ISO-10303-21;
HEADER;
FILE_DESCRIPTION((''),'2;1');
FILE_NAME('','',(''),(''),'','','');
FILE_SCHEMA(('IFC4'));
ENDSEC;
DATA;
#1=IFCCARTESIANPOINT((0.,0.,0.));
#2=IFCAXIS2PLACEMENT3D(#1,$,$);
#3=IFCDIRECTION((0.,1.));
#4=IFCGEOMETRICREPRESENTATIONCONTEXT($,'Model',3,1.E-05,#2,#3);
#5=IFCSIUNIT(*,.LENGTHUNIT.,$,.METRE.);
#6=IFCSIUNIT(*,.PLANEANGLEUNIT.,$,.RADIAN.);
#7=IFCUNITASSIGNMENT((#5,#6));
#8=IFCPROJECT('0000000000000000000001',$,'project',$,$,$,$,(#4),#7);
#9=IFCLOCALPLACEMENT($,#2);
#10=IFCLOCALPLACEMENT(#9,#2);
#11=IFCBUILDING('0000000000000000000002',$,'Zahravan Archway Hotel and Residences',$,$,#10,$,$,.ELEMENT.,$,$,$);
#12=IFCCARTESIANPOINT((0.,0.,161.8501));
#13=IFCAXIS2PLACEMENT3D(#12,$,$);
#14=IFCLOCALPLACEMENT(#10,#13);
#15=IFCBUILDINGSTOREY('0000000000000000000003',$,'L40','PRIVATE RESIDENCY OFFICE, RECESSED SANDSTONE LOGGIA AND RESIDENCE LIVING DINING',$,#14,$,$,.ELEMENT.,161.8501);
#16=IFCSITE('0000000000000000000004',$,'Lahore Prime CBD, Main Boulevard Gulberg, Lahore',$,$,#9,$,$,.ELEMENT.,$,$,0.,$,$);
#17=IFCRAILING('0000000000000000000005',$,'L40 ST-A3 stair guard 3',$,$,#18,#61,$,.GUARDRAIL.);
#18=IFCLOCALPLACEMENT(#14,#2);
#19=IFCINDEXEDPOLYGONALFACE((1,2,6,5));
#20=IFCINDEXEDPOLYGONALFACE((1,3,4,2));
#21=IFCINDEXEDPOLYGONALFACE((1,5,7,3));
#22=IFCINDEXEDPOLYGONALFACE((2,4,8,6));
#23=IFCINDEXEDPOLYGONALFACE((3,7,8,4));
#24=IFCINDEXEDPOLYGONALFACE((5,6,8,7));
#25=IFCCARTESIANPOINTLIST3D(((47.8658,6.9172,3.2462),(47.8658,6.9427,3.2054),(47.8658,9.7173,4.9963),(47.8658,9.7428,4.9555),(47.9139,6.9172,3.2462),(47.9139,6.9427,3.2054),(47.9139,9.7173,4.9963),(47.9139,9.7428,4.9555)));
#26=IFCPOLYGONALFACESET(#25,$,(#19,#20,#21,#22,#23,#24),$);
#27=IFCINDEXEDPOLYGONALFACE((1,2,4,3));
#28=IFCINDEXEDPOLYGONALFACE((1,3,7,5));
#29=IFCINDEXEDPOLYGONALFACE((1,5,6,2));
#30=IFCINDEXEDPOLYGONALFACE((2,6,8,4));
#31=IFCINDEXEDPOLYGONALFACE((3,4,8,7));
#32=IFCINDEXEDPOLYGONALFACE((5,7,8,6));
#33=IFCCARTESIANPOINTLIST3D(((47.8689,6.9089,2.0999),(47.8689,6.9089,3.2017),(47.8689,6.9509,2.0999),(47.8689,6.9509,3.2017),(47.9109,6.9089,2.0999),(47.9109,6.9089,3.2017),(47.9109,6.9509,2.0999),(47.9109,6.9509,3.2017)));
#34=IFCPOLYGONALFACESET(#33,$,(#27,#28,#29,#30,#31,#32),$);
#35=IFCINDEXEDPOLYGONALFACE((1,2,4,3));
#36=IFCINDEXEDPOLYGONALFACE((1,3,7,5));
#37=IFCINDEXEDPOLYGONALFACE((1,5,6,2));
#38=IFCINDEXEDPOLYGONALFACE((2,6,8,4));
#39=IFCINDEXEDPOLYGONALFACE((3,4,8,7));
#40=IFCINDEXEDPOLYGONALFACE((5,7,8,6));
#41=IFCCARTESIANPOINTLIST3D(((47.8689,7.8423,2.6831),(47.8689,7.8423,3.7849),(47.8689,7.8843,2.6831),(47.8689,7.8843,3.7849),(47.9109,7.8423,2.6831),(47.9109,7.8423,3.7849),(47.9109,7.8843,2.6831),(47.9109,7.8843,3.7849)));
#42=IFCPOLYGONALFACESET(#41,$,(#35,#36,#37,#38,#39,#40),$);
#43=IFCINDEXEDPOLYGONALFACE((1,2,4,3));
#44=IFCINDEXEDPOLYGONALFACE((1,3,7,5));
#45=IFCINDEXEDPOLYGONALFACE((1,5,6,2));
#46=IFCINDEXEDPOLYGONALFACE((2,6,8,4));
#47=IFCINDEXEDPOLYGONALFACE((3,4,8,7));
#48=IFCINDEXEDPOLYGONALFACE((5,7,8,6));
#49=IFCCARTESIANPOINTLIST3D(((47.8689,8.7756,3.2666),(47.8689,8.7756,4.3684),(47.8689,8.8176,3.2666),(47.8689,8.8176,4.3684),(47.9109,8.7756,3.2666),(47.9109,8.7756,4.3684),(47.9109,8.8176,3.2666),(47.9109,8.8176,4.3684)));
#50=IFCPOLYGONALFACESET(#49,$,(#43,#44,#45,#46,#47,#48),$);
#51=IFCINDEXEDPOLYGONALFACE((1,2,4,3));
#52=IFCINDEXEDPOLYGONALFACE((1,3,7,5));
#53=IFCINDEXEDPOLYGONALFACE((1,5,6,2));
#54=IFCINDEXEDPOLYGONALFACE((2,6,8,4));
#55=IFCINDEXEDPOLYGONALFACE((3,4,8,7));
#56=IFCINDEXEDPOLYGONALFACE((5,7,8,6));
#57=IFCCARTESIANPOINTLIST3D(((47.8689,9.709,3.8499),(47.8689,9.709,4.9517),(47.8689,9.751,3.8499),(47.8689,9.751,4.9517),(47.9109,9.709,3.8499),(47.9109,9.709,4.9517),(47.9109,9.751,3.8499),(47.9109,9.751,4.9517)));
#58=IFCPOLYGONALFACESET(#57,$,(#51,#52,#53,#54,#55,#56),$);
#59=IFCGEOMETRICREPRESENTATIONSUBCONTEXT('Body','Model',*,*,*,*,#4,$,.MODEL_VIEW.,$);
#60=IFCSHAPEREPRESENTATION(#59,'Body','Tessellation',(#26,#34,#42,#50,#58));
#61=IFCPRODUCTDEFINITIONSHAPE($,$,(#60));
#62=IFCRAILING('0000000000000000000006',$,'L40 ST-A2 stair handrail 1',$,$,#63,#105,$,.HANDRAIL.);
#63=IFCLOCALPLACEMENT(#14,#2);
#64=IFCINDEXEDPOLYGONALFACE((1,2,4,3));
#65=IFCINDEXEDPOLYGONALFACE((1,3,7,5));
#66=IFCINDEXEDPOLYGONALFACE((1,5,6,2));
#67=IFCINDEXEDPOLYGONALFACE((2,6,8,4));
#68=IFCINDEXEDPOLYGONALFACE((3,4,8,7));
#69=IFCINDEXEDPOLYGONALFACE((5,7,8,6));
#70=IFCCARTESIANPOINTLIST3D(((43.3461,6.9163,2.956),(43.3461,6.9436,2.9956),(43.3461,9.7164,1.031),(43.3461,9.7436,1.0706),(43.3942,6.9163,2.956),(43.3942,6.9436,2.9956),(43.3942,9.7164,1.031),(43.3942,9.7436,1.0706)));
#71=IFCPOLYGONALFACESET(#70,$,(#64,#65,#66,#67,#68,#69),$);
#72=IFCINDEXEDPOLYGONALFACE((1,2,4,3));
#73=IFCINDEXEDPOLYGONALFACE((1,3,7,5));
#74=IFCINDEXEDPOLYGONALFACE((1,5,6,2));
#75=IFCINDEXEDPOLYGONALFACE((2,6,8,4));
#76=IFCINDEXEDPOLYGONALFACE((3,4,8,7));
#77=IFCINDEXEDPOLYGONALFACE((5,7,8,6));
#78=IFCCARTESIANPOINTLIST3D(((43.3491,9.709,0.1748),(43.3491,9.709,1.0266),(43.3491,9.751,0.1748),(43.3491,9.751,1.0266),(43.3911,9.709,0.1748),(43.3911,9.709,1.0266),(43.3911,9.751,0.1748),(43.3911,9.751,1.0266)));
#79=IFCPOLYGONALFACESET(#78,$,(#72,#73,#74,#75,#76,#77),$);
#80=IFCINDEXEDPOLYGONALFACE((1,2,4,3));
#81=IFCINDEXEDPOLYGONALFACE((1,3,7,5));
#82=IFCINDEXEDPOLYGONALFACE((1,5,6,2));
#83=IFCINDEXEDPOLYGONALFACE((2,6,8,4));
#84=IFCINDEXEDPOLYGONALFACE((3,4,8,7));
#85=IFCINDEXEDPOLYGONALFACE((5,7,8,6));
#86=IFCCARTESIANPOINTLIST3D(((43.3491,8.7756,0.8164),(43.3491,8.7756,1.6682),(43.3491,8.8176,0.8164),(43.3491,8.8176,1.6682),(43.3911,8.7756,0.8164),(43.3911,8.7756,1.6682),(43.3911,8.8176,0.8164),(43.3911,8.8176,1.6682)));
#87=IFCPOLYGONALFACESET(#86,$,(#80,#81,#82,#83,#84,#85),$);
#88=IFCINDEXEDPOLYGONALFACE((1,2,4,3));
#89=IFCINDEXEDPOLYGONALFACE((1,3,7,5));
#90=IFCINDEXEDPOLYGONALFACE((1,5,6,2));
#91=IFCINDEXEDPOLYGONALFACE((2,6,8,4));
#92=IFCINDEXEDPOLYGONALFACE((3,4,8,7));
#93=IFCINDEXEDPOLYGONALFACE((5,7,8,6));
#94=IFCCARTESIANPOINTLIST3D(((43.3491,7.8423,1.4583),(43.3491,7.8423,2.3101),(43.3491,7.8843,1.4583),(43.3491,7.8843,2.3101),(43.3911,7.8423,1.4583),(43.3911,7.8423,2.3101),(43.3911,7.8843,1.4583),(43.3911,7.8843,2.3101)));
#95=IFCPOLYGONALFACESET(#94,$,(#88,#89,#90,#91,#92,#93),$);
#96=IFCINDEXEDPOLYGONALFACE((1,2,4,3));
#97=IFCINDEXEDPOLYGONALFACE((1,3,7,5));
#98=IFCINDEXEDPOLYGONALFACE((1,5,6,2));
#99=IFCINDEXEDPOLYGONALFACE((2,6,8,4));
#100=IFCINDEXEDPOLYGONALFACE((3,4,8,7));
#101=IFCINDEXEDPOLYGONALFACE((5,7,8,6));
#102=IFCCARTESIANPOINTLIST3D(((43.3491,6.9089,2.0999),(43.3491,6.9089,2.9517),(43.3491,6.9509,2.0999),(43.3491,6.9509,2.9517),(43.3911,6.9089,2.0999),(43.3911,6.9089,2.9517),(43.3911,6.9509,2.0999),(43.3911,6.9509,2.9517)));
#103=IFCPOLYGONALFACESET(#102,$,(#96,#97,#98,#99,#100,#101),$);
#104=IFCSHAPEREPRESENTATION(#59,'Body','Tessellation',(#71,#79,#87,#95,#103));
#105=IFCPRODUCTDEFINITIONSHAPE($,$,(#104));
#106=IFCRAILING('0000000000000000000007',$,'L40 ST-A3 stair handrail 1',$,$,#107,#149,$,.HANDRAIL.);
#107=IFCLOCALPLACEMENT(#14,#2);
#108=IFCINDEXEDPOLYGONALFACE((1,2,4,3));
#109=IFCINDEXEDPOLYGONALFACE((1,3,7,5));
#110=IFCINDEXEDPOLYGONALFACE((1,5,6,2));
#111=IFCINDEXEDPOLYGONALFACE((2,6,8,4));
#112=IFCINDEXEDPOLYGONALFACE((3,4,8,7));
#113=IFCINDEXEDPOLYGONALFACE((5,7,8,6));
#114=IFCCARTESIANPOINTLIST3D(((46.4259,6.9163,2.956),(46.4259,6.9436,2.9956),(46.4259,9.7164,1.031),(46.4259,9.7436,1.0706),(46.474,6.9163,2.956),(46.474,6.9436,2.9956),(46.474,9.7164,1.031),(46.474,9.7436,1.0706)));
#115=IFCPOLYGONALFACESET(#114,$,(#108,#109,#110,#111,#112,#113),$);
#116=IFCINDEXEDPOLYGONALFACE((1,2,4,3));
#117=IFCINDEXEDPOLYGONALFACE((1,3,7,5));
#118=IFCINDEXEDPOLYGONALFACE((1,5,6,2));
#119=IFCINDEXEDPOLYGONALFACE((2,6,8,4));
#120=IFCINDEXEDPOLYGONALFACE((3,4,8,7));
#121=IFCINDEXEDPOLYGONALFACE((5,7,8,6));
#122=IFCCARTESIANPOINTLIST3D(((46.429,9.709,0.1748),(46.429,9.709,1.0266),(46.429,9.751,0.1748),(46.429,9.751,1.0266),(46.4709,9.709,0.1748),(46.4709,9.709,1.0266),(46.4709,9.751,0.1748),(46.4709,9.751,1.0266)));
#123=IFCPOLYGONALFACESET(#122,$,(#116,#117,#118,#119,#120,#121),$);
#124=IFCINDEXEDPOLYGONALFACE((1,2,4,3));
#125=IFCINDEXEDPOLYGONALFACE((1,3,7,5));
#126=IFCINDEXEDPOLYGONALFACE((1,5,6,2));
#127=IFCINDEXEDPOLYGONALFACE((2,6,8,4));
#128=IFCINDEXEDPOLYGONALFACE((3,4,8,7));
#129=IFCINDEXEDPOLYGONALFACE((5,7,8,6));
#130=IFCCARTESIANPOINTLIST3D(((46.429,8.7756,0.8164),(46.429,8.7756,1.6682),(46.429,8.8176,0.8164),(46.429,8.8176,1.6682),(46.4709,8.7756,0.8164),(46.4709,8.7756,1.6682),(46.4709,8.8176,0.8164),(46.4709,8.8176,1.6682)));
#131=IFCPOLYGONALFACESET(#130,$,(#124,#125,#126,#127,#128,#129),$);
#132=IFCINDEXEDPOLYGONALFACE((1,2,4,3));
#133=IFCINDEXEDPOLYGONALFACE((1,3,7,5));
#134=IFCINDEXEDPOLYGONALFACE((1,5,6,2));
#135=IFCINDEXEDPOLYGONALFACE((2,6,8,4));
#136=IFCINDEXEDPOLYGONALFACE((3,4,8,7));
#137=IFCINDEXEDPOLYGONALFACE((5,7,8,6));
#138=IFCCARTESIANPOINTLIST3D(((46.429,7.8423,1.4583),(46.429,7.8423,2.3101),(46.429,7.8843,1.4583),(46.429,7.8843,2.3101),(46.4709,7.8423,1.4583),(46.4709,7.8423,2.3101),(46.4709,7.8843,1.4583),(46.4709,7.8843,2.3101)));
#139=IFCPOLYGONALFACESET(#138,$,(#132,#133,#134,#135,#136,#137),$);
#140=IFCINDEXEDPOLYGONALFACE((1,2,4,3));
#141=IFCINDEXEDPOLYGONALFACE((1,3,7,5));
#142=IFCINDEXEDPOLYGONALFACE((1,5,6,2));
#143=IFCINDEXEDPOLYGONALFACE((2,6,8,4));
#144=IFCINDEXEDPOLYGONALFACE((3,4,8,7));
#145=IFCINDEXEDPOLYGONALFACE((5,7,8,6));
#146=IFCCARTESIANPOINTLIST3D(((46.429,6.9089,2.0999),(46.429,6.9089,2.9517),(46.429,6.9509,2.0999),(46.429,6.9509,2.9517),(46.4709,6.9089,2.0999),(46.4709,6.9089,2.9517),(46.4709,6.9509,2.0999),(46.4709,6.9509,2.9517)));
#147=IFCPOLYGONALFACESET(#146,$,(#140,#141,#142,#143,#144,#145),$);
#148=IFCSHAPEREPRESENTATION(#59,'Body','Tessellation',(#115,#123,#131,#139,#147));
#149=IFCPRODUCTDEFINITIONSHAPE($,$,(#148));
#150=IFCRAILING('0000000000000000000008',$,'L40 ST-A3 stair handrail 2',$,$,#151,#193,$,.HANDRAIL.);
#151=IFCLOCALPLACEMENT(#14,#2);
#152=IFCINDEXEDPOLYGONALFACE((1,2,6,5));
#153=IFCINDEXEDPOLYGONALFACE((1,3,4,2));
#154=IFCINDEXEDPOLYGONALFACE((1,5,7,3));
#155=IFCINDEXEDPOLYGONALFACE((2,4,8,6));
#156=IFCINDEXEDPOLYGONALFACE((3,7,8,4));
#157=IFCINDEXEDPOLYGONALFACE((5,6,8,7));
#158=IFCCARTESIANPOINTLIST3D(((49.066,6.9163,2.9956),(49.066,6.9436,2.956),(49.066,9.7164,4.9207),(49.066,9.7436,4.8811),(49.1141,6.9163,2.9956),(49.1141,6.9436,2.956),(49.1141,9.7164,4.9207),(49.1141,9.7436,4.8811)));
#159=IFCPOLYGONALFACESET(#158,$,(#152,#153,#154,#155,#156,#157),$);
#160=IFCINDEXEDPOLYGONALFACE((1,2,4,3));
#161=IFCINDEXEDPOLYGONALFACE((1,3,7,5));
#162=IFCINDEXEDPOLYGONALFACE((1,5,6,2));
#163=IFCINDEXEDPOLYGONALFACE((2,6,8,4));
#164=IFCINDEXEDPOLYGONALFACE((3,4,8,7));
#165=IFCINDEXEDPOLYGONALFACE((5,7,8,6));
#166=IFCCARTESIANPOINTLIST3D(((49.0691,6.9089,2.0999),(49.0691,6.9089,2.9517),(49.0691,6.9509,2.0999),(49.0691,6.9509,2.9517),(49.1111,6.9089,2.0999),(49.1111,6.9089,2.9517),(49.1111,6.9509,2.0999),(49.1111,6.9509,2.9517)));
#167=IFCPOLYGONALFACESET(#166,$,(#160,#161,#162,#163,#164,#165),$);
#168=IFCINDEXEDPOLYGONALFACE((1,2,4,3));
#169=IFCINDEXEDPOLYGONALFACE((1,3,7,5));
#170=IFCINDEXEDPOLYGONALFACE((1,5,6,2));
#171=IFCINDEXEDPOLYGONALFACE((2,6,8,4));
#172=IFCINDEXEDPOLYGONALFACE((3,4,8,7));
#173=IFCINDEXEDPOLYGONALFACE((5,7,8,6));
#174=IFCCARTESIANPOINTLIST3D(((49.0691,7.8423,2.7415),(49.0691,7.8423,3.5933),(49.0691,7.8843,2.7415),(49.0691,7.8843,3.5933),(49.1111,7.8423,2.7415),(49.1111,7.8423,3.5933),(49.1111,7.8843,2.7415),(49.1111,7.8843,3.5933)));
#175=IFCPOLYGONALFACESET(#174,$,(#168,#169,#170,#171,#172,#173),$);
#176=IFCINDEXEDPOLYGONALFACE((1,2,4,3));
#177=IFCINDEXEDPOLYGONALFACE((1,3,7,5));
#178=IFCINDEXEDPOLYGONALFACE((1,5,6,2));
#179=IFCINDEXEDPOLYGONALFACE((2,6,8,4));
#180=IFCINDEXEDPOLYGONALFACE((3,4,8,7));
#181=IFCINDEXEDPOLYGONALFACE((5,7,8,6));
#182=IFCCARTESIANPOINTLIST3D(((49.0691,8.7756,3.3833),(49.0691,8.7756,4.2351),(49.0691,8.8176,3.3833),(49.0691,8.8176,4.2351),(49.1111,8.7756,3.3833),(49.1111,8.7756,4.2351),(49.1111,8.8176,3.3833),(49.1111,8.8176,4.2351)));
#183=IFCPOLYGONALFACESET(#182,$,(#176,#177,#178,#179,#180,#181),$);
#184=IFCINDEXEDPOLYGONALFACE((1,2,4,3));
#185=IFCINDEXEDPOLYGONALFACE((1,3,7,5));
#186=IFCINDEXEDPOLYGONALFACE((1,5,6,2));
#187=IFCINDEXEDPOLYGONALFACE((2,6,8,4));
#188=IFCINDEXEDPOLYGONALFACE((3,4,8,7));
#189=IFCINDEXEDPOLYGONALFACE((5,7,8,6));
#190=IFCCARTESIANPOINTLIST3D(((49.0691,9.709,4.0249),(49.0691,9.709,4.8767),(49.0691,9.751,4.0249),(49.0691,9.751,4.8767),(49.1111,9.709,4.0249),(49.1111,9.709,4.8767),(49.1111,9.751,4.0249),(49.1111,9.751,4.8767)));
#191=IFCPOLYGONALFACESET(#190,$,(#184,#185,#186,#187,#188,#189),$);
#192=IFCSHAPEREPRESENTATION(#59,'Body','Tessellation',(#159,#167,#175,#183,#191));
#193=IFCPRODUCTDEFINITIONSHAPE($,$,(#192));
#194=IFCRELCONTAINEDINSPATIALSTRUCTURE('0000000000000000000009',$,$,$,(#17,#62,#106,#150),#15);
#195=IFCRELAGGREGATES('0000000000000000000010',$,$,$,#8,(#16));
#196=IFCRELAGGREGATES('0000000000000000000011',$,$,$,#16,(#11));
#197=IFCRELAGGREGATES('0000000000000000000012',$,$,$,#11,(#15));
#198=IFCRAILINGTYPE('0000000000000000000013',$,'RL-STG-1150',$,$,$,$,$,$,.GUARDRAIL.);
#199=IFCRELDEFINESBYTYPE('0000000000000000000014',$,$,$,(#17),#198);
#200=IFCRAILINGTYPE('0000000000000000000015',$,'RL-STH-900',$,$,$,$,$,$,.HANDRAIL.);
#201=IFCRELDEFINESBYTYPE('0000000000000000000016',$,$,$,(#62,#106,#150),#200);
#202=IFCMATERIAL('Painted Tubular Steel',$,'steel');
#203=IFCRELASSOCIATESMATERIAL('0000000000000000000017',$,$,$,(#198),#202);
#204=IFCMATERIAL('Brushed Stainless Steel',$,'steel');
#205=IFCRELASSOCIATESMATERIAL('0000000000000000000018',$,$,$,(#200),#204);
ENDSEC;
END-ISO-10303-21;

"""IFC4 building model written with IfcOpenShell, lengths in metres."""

from ifc_helpers import new_model, si_unit, direction, frame, origin, origin_2d, place, context, subcontext, project, spatial, rectangle, extrude, material, type_object, element, save


model = new_model("IFC4")

# Units and contexts
model_context = context("Model", 3, precision=1e-05, world=origin(), true_north=direction((0.0, 1.0)))
body_context = subcontext(model_context, "Body", "Model", "MODEL_VIEW")
ifc_project = project(units=[si_unit("LENGTHUNIT", "METRE"), si_unit("PLANEANGLEUNIT", "RADIAN")], contexts=[model_context])

# Site, building, storey
site_placement = place(None, origin())
site = spatial("IfcSite", under=ifc_project, at=site_placement, Name="Lahore Prime CBD, Main Boulevard Gulberg, Lahore", CompositionType="ELEMENT", RefElevation=0.0)
building_placement = place(site_placement, origin())
building = spatial("IfcBuilding", under=site, at=building_placement, Name="Zahravan Archway Hotel and Residences", CompositionType="ELEMENT")
storey_placement = place(building_placement, frame((0.0, 0.0, 161.8501)))
storey = spatial("IfcBuildingStorey", under=building, at=storey_placement, Name="L40", Description="PRIVATE RESIDENCY OFFICE, RECESSED SANDSTONE LOGGIA AND RESIDENCE LIVING DINING", CompositionType="ELEMENT", Elevation=161.8501)

# Railings
ifc_material_1 = material(Name="Painted Tubular Steel", Category="steel")
railing_type_1 = type_object("IfcRailingType", Name="RL-STG-1150", PredefinedType="GUARDRAIL", material=ifc_material_1)
railing_1_placement = place(storey_placement, frame((47.8899, 6.9299, 2.0999)))
element("IfcRailing", 1, at=railing_1_placement, inside=storey, type_object=railing_type_1, Name="L40 ST-A3 stair guard 3", PredefinedType="GUARDRAIL", context=body_context, shape_type="SweptSolid", body=[
    extrude(rectangle(XDim=0.0481, YDim=0.0481, at=origin_2d()), frame((0.0, 0.0, 1.126), z_axis=(0.0, 0.848002, 0.529992), x_axis=(-1.0, 0.0, 0.0)), (0.0, 0.0, 1.0), 3.302),
    extrude(rectangle(XDim=0.042, YDim=0.042, at=origin_2d()), origin(), (0.0, 0.0, 1.0), 1.1018),
    extrude(rectangle(XDim=0.042, YDim=0.042, at=origin_2d()), frame((0.0, 0.9333, 0.5833)), (0.0, 0.0, 1.0), 1.1018),
    extrude(rectangle(XDim=0.042, YDim=0.042, at=origin_2d()), frame((0.0, 1.8667, 1.1667)), (0.0, 0.0, 1.0), 1.1018),
    extrude(rectangle(XDim=0.042, YDim=0.042, at=origin_2d()), frame((0.0, 2.8, 1.75)), (0.0, 0.0, 1.0), 1.1018),
])
ifc_material_2 = material(Name="Brushed Stainless Steel", Category="steel")
railing_type_2 = type_object("IfcRailingType", Name="RL-STH-900", PredefinedType="HANDRAIL", material=ifc_material_2)
for number, where, name in (
    (2, (43.3701, 9.73, 0.1748), "L40 ST-A2 stair handrail 1"),
    (3, (46.45, 9.73, 0.1748), "L40 ST-A3 stair handrail 1"),
):
    element("IfcRailing", number, at=place(storey_placement, frame(where)), inside=storey, type_object=railing_type_2, Name=name, PredefinedType="HANDRAIL", context=body_context, shape_type="SweptSolid", body=[
        extrude(rectangle(XDim=0.0481, YDim=0.0481, at=origin_2d()), frame((0.0, 0.0, 0.876), z_axis=(0.0, -0.82404, 0.566532), x_axis=(1.0, 0.0, 0.0)), (0.0, 0.0, 1.0), 3.3979),
        extrude(rectangle(XDim=0.042, YDim=0.042, at=origin_2d()), origin(), (0.0, 0.0, 1.0), 0.8518),
        extrude(rectangle(XDim=0.042, YDim=0.042, at=origin_2d()), frame((0.0, -0.9333, 0.6416)), (0.0, 0.0, 1.0), 0.8518),
        extrude(rectangle(XDim=0.042, YDim=0.042, at=origin_2d()), frame((0.0, -1.8667, 1.2834)), (0.0, 0.0, 1.0), 0.8518),
        extrude(rectangle(XDim=0.042, YDim=0.042, at=origin_2d()), frame((0.0, -2.8, 1.925)), (0.0, 0.0, 1.0), 0.8518),
    ])
railing_2_placement = place(storey_placement, frame((49.0901, 6.9299, 2.0999)))
element("IfcRailing", 4, at=railing_2_placement, inside=storey, type_object=railing_type_2, Name="L40 ST-A3 stair handrail 2", PredefinedType="HANDRAIL", context=body_context, shape_type="SweptSolid", body=[
    extrude(rectangle(XDim=0.0481, YDim=0.0481, at=origin_2d()), frame((0.0, 0.0, 0.876), z_axis=(0.0, 0.82404, 0.566532), x_axis=(-1.0, 0.0, 0.0)), (0.0, 0.0, 1.0), 3.3979),
    extrude(rectangle(XDim=0.042, YDim=0.042, at=origin_2d()), origin(), (0.0, 0.0, 1.0), 0.8518),
    extrude(rectangle(XDim=0.042, YDim=0.042, at=origin_2d()), frame((0.0, 0.9333, 0.6416)), (0.0, 0.0, 1.0), 0.8518),
    extrude(rectangle(XDim=0.042, YDim=0.042, at=origin_2d()), frame((0.0, 1.8667, 1.2834)), (0.0, 0.0, 1.0), 0.8518),
    extrude(rectangle(XDim=0.042, YDim=0.042, at=origin_2d()), frame((0.0, 2.8, 1.925)), (0.0, 0.0, 1.0), 0.8518),
])

save(model, "model.ifc")
